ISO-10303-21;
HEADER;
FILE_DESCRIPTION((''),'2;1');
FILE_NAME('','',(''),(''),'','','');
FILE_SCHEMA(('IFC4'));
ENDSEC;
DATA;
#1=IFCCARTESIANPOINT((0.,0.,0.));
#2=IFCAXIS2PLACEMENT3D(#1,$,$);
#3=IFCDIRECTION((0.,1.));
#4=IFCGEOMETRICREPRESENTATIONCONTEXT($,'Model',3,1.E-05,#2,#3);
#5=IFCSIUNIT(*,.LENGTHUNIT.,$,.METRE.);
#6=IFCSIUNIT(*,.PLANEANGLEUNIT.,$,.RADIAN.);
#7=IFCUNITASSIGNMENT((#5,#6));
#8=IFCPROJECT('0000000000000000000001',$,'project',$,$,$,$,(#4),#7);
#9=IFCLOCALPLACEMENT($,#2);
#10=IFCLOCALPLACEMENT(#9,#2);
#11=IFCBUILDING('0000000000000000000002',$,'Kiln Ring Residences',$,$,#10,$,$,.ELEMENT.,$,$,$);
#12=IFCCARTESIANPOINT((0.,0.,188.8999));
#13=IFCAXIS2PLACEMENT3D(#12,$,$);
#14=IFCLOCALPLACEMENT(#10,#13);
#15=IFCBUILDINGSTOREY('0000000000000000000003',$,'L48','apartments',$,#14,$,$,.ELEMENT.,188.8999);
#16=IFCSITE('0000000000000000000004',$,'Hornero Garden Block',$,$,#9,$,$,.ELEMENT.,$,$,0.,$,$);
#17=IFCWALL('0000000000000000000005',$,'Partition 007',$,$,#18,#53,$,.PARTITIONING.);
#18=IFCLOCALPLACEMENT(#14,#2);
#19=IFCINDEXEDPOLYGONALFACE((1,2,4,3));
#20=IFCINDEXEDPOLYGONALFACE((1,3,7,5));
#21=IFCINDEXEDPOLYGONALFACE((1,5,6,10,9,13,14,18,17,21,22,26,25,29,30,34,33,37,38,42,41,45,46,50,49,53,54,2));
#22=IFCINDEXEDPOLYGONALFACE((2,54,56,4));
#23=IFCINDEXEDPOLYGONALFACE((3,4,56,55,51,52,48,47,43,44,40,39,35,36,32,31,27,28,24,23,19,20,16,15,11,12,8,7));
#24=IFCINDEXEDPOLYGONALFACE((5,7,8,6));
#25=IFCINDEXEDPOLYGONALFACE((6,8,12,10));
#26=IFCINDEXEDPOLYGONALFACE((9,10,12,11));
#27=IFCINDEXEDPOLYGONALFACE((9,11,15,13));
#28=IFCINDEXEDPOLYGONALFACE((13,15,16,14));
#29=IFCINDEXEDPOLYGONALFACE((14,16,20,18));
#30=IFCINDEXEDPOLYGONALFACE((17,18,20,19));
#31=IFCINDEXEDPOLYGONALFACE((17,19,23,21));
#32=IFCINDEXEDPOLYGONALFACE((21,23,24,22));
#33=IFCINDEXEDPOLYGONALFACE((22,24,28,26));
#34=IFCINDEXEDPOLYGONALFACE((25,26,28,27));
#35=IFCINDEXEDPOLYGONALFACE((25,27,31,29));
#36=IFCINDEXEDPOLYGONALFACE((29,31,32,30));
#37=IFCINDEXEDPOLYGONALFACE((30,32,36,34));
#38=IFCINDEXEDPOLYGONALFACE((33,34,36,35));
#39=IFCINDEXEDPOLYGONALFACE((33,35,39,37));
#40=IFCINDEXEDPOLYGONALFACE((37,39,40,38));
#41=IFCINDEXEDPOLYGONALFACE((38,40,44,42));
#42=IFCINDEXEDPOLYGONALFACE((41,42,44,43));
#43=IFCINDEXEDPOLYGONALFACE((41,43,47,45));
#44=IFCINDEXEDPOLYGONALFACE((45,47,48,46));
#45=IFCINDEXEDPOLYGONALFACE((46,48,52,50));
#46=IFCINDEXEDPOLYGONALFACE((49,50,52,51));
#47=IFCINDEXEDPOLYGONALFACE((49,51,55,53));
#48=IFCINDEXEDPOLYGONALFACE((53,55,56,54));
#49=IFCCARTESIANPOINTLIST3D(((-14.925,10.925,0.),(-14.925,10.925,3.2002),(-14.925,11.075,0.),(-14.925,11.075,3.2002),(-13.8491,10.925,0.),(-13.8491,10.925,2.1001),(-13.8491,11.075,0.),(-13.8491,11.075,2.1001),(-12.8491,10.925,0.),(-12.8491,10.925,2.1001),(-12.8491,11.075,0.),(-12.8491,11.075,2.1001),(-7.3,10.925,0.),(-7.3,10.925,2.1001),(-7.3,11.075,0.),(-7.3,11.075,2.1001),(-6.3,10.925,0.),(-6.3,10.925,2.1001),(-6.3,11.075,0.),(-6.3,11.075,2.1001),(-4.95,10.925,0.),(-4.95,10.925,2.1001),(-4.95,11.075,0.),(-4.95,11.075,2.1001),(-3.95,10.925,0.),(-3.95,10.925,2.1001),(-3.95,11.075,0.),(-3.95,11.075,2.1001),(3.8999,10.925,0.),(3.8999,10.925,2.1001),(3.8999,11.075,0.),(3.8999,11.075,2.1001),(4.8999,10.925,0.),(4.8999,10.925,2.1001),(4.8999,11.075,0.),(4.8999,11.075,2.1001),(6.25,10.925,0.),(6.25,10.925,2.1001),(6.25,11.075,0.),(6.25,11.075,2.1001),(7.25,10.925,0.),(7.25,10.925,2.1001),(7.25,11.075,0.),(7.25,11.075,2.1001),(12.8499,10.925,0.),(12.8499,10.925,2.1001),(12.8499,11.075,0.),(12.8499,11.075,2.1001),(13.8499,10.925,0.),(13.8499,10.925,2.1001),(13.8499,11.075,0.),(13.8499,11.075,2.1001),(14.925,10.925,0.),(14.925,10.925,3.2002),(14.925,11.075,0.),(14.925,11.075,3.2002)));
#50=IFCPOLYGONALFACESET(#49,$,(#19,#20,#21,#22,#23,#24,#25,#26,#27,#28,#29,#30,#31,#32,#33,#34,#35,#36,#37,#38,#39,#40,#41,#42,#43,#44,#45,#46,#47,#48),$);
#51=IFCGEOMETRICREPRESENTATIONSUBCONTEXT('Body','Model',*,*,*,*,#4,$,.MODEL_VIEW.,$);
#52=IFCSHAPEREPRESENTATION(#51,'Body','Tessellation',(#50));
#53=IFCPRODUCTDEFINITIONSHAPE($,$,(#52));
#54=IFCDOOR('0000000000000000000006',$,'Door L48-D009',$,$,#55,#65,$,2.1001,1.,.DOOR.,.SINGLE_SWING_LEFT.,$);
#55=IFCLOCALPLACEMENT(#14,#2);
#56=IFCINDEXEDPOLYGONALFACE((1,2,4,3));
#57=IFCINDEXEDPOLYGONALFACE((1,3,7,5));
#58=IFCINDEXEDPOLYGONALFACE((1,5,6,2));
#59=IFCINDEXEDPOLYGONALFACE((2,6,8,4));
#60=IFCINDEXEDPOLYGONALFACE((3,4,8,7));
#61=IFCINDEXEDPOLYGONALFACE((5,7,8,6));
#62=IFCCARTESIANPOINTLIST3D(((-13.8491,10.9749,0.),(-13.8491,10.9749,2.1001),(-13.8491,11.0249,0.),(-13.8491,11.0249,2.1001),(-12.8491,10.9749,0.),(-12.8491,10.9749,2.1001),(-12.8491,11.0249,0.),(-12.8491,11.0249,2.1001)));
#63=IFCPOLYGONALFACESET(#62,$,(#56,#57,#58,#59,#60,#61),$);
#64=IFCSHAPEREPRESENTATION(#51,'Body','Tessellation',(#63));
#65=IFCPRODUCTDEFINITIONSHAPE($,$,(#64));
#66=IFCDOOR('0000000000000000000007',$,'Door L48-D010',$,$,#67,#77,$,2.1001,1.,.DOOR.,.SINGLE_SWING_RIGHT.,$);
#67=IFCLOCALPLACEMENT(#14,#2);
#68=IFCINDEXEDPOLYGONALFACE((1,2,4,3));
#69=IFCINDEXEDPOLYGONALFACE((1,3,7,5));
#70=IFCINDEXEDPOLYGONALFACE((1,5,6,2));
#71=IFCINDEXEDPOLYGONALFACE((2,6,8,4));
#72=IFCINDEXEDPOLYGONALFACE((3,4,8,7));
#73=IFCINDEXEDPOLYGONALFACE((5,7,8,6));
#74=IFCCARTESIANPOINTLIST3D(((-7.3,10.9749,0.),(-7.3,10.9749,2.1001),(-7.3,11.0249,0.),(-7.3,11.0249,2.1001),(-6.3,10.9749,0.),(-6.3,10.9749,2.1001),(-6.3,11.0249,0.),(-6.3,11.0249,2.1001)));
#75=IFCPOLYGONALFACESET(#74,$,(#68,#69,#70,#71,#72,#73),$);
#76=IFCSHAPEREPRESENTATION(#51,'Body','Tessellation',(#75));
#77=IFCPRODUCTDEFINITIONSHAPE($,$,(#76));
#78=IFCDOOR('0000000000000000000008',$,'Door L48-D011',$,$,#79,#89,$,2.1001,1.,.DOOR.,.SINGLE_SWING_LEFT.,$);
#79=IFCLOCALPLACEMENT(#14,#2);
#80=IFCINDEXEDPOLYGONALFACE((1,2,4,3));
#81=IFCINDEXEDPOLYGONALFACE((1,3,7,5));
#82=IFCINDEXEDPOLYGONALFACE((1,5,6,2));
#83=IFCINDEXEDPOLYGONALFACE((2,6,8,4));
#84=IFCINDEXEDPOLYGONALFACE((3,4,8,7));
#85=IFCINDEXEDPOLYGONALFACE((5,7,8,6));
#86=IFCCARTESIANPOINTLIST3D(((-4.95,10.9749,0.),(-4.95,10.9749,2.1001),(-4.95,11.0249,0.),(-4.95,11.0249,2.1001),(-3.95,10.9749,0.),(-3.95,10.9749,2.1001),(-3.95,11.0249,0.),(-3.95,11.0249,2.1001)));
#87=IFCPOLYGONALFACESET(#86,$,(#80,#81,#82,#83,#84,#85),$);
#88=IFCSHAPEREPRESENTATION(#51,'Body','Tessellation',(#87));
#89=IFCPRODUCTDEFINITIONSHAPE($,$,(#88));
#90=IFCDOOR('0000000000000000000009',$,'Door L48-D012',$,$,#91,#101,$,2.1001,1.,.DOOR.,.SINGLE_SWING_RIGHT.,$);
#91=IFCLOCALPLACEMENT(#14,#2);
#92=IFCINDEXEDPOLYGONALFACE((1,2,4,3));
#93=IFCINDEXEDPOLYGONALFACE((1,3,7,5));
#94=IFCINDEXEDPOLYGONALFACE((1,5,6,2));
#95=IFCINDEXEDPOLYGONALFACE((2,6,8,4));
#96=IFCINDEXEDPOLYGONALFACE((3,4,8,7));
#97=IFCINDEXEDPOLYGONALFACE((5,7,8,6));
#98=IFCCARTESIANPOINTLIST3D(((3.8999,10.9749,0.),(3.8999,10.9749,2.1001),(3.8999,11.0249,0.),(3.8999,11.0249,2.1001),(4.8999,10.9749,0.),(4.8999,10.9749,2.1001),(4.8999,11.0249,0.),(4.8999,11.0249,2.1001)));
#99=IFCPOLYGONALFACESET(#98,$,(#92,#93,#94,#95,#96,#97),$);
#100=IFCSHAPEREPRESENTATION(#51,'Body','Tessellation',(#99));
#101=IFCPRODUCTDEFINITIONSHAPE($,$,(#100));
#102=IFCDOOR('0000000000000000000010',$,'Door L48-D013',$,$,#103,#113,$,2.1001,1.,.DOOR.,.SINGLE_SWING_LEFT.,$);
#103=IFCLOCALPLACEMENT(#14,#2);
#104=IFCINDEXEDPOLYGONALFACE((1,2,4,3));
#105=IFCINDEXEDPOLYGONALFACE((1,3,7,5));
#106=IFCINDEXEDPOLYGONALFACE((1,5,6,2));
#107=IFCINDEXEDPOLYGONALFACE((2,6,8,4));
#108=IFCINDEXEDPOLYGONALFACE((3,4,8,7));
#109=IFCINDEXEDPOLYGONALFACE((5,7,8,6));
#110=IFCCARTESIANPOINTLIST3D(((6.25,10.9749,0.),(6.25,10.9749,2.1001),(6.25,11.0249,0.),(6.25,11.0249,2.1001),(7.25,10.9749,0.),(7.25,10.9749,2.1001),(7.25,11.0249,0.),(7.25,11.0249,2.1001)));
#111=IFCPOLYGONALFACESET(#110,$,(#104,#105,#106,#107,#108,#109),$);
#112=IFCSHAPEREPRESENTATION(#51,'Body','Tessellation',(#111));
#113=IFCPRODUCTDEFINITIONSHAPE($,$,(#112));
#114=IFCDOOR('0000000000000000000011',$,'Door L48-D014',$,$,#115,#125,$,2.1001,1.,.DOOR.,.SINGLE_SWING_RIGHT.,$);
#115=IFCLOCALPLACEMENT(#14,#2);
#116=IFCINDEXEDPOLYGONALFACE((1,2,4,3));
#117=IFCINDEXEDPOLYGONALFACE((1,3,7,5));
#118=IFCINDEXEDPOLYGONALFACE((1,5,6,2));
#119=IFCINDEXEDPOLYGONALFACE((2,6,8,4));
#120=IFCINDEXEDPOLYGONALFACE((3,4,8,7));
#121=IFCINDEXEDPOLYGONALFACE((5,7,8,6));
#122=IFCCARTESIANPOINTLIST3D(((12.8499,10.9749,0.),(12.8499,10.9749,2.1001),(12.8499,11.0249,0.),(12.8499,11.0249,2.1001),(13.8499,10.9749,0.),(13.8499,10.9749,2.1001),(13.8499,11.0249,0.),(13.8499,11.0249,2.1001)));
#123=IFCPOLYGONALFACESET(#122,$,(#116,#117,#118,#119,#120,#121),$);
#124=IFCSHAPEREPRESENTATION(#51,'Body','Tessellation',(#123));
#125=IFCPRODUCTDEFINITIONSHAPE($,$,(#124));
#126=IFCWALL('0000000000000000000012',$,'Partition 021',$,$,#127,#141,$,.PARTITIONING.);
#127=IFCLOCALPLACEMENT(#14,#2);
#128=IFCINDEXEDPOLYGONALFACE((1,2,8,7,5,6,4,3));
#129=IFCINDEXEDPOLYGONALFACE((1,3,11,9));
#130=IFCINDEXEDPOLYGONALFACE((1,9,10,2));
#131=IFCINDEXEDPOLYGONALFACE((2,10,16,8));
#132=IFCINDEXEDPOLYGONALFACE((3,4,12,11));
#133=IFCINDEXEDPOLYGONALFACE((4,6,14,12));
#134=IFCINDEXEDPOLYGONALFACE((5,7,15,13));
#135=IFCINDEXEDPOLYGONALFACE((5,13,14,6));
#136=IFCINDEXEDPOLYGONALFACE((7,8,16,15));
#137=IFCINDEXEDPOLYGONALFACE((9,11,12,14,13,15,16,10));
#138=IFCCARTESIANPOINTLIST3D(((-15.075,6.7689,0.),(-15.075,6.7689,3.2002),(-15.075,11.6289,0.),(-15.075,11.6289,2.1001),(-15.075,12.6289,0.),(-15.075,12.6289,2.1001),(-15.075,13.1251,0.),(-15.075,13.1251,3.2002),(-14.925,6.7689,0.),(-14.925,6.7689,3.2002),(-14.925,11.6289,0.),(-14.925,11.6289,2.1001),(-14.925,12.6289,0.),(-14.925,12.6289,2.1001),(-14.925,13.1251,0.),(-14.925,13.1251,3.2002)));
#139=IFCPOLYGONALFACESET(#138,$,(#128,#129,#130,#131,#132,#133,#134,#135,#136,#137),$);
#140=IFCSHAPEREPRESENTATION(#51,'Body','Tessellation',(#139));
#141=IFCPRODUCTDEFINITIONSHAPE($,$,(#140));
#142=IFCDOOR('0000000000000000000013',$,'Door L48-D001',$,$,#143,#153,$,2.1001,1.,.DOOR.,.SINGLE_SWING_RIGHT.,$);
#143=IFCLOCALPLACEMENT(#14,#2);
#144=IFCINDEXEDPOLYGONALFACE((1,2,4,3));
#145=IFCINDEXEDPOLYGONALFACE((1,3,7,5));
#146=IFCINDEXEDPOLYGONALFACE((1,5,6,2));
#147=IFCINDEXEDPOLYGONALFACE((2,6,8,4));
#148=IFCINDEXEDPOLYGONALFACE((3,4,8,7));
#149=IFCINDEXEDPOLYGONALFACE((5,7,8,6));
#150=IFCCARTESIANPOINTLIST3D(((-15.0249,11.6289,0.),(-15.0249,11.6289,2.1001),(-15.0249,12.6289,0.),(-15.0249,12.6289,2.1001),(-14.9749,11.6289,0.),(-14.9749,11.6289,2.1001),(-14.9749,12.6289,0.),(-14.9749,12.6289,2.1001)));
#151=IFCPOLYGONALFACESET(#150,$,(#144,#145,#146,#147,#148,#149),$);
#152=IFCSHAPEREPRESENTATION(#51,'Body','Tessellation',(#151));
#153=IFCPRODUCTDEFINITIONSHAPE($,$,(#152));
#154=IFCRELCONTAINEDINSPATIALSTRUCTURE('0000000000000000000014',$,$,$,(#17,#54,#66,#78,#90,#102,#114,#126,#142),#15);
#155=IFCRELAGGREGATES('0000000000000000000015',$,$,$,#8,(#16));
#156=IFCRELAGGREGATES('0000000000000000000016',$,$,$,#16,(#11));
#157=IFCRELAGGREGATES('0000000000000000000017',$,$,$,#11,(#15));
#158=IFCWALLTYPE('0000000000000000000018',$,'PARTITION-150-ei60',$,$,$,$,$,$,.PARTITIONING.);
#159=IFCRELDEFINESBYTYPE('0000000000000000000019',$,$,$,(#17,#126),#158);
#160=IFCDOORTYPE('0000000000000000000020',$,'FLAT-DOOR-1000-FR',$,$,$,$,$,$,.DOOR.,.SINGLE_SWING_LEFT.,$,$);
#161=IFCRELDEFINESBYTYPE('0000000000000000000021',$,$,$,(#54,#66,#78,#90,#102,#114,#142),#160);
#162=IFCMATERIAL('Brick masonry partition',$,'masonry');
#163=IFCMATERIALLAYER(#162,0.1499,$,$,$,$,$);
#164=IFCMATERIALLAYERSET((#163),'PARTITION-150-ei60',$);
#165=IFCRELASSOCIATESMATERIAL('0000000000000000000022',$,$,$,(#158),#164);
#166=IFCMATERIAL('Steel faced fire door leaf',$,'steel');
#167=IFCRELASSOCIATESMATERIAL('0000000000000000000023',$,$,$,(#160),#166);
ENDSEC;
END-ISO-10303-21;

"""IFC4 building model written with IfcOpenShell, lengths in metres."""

from ifc_helpers import new_model, si_unit, direction, frame, frame_2d, origin, place, context, subcontext, project, spatial, rectangle, extrude, material, layer, layer_set, type_object, element, fill, save


model = new_model("IFC4")

# Units and contexts
model_context = context("Model", 3, precision=1e-05, world=origin(), true_north=direction((0.0, 1.0)))
body_context = subcontext(model_context, "Body", "Model", "MODEL_VIEW")
ifc_project = project(units=[si_unit("LENGTHUNIT", "METRE"), si_unit("PLANEANGLEUNIT", "RADIAN")], contexts=[model_context])

# Site, building, storey
site_placement = place(None, origin())
site = spatial("IfcSite", under=ifc_project, at=site_placement, Name="Hornero Garden Block", CompositionType="ELEMENT", RefElevation=0.0)
building_placement = place(site_placement, origin())
building = spatial("IfcBuilding", under=site, at=building_placement, Name="Kiln Ring Residences", CompositionType="ELEMENT")
storey_placement = place(building_placement, frame((0.0, 0.0, 188.8999)))
storey = spatial("IfcBuildingStorey", under=building, at=storey_placement, Name="L48", Description="apartments", CompositionType="ELEMENT", Elevation=188.8999)

# Wall, openings, doors
ifc_material_1 = material(Name="Brick masonry partition", Category="masonry")
ifc_layer_1 = layer(ifc_material_1, 0.1499)
ifc_layer_set_1 = layer_set([ifc_layer_1], Name="PARTITION-150-ei60")
wall_type_1 = type_object("IfcWallType", Name="PARTITION-150-ei60", PredefinedType="PARTITIONING", material=ifc_layer_set_1)
wall_1_placement = place(storey_placement, frame((-14.925, 11.0, 0.0), z_axis=(0.0, 0.0, 1.0), x_axis=(1.0, 0.0, 0.0)))
wall_1 = element("IfcWall", 1, at=wall_1_placement, inside=storey, type_object=wall_type_1, Name="Partition 007", PredefinedType="PARTITIONING", context=body_context, shape_type="SweptSolid", body=[
    extrude(rectangle(XDim=29.8501, YDim=0.1499, at=frame_2d((14.925, 0.0))), origin(), (0.0, 0.0, 1.0), 3.2002),
])
opening_1_placement = place(wall_1_placement, frame((1.0759, 0.0, 0.0)))
opening_1 = element("IfcOpeningElement", 2, at=opening_1_placement, cuts=wall_1, PredefinedType="OPENING", context=body_context, shape_type="SweptSolid", body=[
    extrude(rectangle(XDim=1.0, YDim=2.1001, at=frame_2d((0.5, 1.05))), frame((0.0, 0.085, 0.0), z_axis=(0.0, -1.0, 0.0), x_axis=(1.0, 0.0, 0.0)), (0.0, 0.0, 1.0), 0.1699),
])
opening_2_placement = place(wall_1_placement, frame((7.625, 0.0, 0.0)))
opening_2 = element("IfcOpeningElement", 3, at=opening_2_placement, cuts=wall_1, PredefinedType="OPENING", context=body_context, shape_type="SweptSolid", body=[
    extrude(rectangle(XDim=1.0, YDim=2.1001, at=frame_2d((0.5, 1.05))), frame((0.0, 0.085, 0.0), z_axis=(0.0, -1.0, 0.0), x_axis=(1.0, 0.0, 0.0)), (0.0, 0.0, 1.0), 0.1699),
])
opening_3_placement = place(wall_1_placement, frame((9.9751, 0.0, 0.0)))
opening_3 = element("IfcOpeningElement", 4, at=opening_3_placement, cuts=wall_1, PredefinedType="OPENING", context=body_context, shape_type="SweptSolid", body=[
    extrude(rectangle(XDim=1.0, YDim=2.1001, at=frame_2d((0.5, 1.05))), frame((0.0, 0.085, 0.0), z_axis=(0.0, -1.0, 0.0), x_axis=(1.0, 0.0, 0.0)), (0.0, 0.0, 1.0), 0.1699),
])
opening_4_placement = place(wall_1_placement, frame((18.825, 0.0, 0.0)))
opening_4 = element("IfcOpeningElement", 5, at=opening_4_placement, cuts=wall_1, PredefinedType="OPENING", context=body_context, shape_type="SweptSolid", body=[
    extrude(rectangle(XDim=1.0, YDim=2.1001, at=frame_2d((0.5, 1.05))), frame((0.0, 0.085, 0.0), z_axis=(0.0, -1.0, 0.0), x_axis=(1.0, 0.0, 0.0)), (0.0, 0.0, 1.0), 0.1699),
])
opening_5_placement = place(wall_1_placement, frame((21.175, 0.0, 0.0)))
opening_5 = element("IfcOpeningElement", 6, at=opening_5_placement, cuts=wall_1, PredefinedType="OPENING", context=body_context, shape_type="SweptSolid", body=[
    extrude(rectangle(XDim=1.0, YDim=2.1001, at=frame_2d((0.5, 1.05))), frame((0.0, 0.085, 0.0), z_axis=(0.0, -1.0, 0.0), x_axis=(1.0, 0.0, 0.0)), (0.0, 0.0, 1.0), 0.1699),
])
opening_6_placement = place(wall_1_placement, frame((27.7749, 0.0, 0.0)))
opening_6 = element("IfcOpeningElement", 7, at=opening_6_placement, cuts=wall_1, PredefinedType="OPENING", context=body_context, shape_type="SweptSolid", body=[
    extrude(rectangle(XDim=1.0, YDim=2.1001, at=frame_2d((0.5, 1.05))), frame((0.0, 0.085, 0.0), z_axis=(0.0, -1.0, 0.0), x_axis=(1.0, 0.0, 0.0)), (0.0, 0.0, 1.0), 0.1699),
])
ifc_material_2 = material(Name="Steel faced fire door leaf", Category="steel")
door_type_1 = type_object("IfcDoorType", Name="FLAT-DOOR-1000-FR", OperationType="SINGLE_SWING_LEFT", PredefinedType="DOOR", material=ifc_material_2)
door_1_placement = place(opening_1_placement, origin())
door_1 = element("IfcDoor", 8, at=door_1_placement, inside=storey, type_object=door_type_1, Name="Door L48-D009", OperationType="SINGLE_SWING_LEFT", OverallHeight=2.1001, OverallWidth=1.0, PredefinedType="DOOR", context=body_context, shape_type="SweptSolid", body=[
    extrude(rectangle(XDim=1.0, YDim=2.1001, at=frame_2d((0.5, 1.05))), frame((0.0, 0.0249, 0.0), z_axis=(0.0, -1.0, 0.0), x_axis=(1.0, 0.0, 0.0)), (0.0, 0.0, 1.0), 0.05),
])
fill(opening_1, door_1)
door_2_placement = place(opening_2_placement, origin())
door_2 = element("IfcDoor", 9, at=door_2_placement, inside=storey, type_object=door_type_1, Name="Door L48-D010", OperationType="SINGLE_SWING_RIGHT", OverallHeight=2.1001, OverallWidth=1.0, PredefinedType="DOOR", context=body_context, shape_type="SweptSolid", body=[
    extrude(rectangle(XDim=1.0, YDim=2.1001, at=frame_2d((0.5, 1.05))), frame((0.0, 0.0249, 0.0), z_axis=(0.0, -1.0, 0.0), x_axis=(1.0, 0.0, 0.0)), (0.0, 0.0, 1.0), 0.05),
])
fill(opening_2, door_2)
door_3_placement = place(opening_3_placement, origin())
door_3 = element("IfcDoor", 10, at=door_3_placement, inside=storey, type_object=door_type_1, Name="Door L48-D011", OperationType="SINGLE_SWING_LEFT", OverallHeight=2.1001, OverallWidth=1.0, PredefinedType="DOOR", context=body_context, shape_type="SweptSolid", body=[
    extrude(rectangle(XDim=1.0, YDim=2.1001, at=frame_2d((0.5, 1.05))), frame((0.0, 0.0249, 0.0), z_axis=(0.0, -1.0, 0.0), x_axis=(1.0, 0.0, 0.0)), (0.0, 0.0, 1.0), 0.05),
])
fill(opening_3, door_3)
door_4_placement = place(opening_4_placement, origin())
door_4 = element("IfcDoor", 11, at=door_4_placement, inside=storey, type_object=door_type_1, Name="Door L48-D012", OperationType="SINGLE_SWING_RIGHT", OverallHeight=2.1001, OverallWidth=1.0, PredefinedType="DOOR", context=body_context, shape_type="SweptSolid", body=[
    extrude(rectangle(XDim=1.0, YDim=2.1001, at=frame_2d((0.5, 1.05))), frame((0.0, 0.0249, 0.0), z_axis=(0.0, -1.0, 0.0), x_axis=(1.0, 0.0, 0.0)), (0.0, 0.0, 1.0), 0.05),
])
fill(opening_4, door_4)
door_5_placement = place(opening_5_placement, origin())
door_5 = element("IfcDoor", 12, at=door_5_placement, inside=storey, type_object=door_type_1, Name="Door L48-D013", OperationType="SINGLE_SWING_LEFT", OverallHeight=2.1001, OverallWidth=1.0, PredefinedType="DOOR", context=body_context, shape_type="SweptSolid", body=[
    extrude(rectangle(XDim=1.0, YDim=2.1001, at=frame_2d((0.5, 1.05))), frame((0.0, 0.0249, 0.0), z_axis=(0.0, -1.0, 0.0), x_axis=(1.0, 0.0, 0.0)), (0.0, 0.0, 1.0), 0.05),
])
fill(opening_5, door_5)
door_6_placement = place(opening_6_placement, origin())
door_6 = element("IfcDoor", 13, at=door_6_placement, inside=storey, type_object=door_type_1, Name="Door L48-D014", OperationType="SINGLE_SWING_RIGHT", OverallHeight=2.1001, OverallWidth=1.0, PredefinedType="DOOR", context=body_context, shape_type="SweptSolid", body=[
    extrude(rectangle(XDim=1.0, YDim=2.1001, at=frame_2d((0.5, 1.05))), frame((0.0, 0.0249, 0.0), z_axis=(0.0, -1.0, 0.0), x_axis=(1.0, 0.0, 0.0)), (0.0, 0.0, 1.0), 0.05),
])
fill(opening_6, door_6)

# Wall, opening, door
wall_2_placement = place(storey_placement, frame((-15.0, 6.7688, 0.0), z_axis=(0.0, 0.0, 1.0), x_axis=(0.0, 1.0, 0.0)))
wall_2 = element("IfcWall", 14, at=wall_2_placement, inside=storey, type_object=wall_type_1, Name="Partition 021", PredefinedType="PARTITIONING", context=body_context, shape_type="SweptSolid", body=[
    extrude(rectangle(XDim=6.3562, YDim=0.1499, at=frame_2d((3.1782, 0.0))), origin(), (0.0, 0.0, 1.0), 3.2002),
])
opening_7_placement = place(wall_2_placement, frame((4.8601, 0.0, 0.0)))
opening_7 = element("IfcOpeningElement", 15, at=opening_7_placement, cuts=wall_2, PredefinedType="OPENING", context=body_context, shape_type="SweptSolid", body=[
    extrude(rectangle(XDim=1.0, YDim=2.1001, at=frame_2d((0.5, 1.05))), frame((0.0, 0.085, 0.0), z_axis=(0.0, -1.0, 0.0), x_axis=(1.0, 0.0, 0.0)), (0.0, 0.0, 1.0), 0.1699),
])
door_7_placement = place(opening_7_placement, origin())
door_7 = element("IfcDoor", 16, at=door_7_placement, inside=storey, type_object=door_type_1, Name="Door L48-D001", OperationType="SINGLE_SWING_RIGHT", OverallHeight=2.1001, OverallWidth=1.0, PredefinedType="DOOR", context=body_context, shape_type="SweptSolid", body=[
    extrude(rectangle(XDim=1.0, YDim=2.1001, at=frame_2d((0.5, 1.05))), frame((0.0, 0.0249, 0.0), z_axis=(0.0, -1.0, 0.0), x_axis=(1.0, 0.0, 0.0)), (0.0, 0.0, 1.0), 0.05),
])
fill(opening_7, door_7)

save(model, "model.ifc")
